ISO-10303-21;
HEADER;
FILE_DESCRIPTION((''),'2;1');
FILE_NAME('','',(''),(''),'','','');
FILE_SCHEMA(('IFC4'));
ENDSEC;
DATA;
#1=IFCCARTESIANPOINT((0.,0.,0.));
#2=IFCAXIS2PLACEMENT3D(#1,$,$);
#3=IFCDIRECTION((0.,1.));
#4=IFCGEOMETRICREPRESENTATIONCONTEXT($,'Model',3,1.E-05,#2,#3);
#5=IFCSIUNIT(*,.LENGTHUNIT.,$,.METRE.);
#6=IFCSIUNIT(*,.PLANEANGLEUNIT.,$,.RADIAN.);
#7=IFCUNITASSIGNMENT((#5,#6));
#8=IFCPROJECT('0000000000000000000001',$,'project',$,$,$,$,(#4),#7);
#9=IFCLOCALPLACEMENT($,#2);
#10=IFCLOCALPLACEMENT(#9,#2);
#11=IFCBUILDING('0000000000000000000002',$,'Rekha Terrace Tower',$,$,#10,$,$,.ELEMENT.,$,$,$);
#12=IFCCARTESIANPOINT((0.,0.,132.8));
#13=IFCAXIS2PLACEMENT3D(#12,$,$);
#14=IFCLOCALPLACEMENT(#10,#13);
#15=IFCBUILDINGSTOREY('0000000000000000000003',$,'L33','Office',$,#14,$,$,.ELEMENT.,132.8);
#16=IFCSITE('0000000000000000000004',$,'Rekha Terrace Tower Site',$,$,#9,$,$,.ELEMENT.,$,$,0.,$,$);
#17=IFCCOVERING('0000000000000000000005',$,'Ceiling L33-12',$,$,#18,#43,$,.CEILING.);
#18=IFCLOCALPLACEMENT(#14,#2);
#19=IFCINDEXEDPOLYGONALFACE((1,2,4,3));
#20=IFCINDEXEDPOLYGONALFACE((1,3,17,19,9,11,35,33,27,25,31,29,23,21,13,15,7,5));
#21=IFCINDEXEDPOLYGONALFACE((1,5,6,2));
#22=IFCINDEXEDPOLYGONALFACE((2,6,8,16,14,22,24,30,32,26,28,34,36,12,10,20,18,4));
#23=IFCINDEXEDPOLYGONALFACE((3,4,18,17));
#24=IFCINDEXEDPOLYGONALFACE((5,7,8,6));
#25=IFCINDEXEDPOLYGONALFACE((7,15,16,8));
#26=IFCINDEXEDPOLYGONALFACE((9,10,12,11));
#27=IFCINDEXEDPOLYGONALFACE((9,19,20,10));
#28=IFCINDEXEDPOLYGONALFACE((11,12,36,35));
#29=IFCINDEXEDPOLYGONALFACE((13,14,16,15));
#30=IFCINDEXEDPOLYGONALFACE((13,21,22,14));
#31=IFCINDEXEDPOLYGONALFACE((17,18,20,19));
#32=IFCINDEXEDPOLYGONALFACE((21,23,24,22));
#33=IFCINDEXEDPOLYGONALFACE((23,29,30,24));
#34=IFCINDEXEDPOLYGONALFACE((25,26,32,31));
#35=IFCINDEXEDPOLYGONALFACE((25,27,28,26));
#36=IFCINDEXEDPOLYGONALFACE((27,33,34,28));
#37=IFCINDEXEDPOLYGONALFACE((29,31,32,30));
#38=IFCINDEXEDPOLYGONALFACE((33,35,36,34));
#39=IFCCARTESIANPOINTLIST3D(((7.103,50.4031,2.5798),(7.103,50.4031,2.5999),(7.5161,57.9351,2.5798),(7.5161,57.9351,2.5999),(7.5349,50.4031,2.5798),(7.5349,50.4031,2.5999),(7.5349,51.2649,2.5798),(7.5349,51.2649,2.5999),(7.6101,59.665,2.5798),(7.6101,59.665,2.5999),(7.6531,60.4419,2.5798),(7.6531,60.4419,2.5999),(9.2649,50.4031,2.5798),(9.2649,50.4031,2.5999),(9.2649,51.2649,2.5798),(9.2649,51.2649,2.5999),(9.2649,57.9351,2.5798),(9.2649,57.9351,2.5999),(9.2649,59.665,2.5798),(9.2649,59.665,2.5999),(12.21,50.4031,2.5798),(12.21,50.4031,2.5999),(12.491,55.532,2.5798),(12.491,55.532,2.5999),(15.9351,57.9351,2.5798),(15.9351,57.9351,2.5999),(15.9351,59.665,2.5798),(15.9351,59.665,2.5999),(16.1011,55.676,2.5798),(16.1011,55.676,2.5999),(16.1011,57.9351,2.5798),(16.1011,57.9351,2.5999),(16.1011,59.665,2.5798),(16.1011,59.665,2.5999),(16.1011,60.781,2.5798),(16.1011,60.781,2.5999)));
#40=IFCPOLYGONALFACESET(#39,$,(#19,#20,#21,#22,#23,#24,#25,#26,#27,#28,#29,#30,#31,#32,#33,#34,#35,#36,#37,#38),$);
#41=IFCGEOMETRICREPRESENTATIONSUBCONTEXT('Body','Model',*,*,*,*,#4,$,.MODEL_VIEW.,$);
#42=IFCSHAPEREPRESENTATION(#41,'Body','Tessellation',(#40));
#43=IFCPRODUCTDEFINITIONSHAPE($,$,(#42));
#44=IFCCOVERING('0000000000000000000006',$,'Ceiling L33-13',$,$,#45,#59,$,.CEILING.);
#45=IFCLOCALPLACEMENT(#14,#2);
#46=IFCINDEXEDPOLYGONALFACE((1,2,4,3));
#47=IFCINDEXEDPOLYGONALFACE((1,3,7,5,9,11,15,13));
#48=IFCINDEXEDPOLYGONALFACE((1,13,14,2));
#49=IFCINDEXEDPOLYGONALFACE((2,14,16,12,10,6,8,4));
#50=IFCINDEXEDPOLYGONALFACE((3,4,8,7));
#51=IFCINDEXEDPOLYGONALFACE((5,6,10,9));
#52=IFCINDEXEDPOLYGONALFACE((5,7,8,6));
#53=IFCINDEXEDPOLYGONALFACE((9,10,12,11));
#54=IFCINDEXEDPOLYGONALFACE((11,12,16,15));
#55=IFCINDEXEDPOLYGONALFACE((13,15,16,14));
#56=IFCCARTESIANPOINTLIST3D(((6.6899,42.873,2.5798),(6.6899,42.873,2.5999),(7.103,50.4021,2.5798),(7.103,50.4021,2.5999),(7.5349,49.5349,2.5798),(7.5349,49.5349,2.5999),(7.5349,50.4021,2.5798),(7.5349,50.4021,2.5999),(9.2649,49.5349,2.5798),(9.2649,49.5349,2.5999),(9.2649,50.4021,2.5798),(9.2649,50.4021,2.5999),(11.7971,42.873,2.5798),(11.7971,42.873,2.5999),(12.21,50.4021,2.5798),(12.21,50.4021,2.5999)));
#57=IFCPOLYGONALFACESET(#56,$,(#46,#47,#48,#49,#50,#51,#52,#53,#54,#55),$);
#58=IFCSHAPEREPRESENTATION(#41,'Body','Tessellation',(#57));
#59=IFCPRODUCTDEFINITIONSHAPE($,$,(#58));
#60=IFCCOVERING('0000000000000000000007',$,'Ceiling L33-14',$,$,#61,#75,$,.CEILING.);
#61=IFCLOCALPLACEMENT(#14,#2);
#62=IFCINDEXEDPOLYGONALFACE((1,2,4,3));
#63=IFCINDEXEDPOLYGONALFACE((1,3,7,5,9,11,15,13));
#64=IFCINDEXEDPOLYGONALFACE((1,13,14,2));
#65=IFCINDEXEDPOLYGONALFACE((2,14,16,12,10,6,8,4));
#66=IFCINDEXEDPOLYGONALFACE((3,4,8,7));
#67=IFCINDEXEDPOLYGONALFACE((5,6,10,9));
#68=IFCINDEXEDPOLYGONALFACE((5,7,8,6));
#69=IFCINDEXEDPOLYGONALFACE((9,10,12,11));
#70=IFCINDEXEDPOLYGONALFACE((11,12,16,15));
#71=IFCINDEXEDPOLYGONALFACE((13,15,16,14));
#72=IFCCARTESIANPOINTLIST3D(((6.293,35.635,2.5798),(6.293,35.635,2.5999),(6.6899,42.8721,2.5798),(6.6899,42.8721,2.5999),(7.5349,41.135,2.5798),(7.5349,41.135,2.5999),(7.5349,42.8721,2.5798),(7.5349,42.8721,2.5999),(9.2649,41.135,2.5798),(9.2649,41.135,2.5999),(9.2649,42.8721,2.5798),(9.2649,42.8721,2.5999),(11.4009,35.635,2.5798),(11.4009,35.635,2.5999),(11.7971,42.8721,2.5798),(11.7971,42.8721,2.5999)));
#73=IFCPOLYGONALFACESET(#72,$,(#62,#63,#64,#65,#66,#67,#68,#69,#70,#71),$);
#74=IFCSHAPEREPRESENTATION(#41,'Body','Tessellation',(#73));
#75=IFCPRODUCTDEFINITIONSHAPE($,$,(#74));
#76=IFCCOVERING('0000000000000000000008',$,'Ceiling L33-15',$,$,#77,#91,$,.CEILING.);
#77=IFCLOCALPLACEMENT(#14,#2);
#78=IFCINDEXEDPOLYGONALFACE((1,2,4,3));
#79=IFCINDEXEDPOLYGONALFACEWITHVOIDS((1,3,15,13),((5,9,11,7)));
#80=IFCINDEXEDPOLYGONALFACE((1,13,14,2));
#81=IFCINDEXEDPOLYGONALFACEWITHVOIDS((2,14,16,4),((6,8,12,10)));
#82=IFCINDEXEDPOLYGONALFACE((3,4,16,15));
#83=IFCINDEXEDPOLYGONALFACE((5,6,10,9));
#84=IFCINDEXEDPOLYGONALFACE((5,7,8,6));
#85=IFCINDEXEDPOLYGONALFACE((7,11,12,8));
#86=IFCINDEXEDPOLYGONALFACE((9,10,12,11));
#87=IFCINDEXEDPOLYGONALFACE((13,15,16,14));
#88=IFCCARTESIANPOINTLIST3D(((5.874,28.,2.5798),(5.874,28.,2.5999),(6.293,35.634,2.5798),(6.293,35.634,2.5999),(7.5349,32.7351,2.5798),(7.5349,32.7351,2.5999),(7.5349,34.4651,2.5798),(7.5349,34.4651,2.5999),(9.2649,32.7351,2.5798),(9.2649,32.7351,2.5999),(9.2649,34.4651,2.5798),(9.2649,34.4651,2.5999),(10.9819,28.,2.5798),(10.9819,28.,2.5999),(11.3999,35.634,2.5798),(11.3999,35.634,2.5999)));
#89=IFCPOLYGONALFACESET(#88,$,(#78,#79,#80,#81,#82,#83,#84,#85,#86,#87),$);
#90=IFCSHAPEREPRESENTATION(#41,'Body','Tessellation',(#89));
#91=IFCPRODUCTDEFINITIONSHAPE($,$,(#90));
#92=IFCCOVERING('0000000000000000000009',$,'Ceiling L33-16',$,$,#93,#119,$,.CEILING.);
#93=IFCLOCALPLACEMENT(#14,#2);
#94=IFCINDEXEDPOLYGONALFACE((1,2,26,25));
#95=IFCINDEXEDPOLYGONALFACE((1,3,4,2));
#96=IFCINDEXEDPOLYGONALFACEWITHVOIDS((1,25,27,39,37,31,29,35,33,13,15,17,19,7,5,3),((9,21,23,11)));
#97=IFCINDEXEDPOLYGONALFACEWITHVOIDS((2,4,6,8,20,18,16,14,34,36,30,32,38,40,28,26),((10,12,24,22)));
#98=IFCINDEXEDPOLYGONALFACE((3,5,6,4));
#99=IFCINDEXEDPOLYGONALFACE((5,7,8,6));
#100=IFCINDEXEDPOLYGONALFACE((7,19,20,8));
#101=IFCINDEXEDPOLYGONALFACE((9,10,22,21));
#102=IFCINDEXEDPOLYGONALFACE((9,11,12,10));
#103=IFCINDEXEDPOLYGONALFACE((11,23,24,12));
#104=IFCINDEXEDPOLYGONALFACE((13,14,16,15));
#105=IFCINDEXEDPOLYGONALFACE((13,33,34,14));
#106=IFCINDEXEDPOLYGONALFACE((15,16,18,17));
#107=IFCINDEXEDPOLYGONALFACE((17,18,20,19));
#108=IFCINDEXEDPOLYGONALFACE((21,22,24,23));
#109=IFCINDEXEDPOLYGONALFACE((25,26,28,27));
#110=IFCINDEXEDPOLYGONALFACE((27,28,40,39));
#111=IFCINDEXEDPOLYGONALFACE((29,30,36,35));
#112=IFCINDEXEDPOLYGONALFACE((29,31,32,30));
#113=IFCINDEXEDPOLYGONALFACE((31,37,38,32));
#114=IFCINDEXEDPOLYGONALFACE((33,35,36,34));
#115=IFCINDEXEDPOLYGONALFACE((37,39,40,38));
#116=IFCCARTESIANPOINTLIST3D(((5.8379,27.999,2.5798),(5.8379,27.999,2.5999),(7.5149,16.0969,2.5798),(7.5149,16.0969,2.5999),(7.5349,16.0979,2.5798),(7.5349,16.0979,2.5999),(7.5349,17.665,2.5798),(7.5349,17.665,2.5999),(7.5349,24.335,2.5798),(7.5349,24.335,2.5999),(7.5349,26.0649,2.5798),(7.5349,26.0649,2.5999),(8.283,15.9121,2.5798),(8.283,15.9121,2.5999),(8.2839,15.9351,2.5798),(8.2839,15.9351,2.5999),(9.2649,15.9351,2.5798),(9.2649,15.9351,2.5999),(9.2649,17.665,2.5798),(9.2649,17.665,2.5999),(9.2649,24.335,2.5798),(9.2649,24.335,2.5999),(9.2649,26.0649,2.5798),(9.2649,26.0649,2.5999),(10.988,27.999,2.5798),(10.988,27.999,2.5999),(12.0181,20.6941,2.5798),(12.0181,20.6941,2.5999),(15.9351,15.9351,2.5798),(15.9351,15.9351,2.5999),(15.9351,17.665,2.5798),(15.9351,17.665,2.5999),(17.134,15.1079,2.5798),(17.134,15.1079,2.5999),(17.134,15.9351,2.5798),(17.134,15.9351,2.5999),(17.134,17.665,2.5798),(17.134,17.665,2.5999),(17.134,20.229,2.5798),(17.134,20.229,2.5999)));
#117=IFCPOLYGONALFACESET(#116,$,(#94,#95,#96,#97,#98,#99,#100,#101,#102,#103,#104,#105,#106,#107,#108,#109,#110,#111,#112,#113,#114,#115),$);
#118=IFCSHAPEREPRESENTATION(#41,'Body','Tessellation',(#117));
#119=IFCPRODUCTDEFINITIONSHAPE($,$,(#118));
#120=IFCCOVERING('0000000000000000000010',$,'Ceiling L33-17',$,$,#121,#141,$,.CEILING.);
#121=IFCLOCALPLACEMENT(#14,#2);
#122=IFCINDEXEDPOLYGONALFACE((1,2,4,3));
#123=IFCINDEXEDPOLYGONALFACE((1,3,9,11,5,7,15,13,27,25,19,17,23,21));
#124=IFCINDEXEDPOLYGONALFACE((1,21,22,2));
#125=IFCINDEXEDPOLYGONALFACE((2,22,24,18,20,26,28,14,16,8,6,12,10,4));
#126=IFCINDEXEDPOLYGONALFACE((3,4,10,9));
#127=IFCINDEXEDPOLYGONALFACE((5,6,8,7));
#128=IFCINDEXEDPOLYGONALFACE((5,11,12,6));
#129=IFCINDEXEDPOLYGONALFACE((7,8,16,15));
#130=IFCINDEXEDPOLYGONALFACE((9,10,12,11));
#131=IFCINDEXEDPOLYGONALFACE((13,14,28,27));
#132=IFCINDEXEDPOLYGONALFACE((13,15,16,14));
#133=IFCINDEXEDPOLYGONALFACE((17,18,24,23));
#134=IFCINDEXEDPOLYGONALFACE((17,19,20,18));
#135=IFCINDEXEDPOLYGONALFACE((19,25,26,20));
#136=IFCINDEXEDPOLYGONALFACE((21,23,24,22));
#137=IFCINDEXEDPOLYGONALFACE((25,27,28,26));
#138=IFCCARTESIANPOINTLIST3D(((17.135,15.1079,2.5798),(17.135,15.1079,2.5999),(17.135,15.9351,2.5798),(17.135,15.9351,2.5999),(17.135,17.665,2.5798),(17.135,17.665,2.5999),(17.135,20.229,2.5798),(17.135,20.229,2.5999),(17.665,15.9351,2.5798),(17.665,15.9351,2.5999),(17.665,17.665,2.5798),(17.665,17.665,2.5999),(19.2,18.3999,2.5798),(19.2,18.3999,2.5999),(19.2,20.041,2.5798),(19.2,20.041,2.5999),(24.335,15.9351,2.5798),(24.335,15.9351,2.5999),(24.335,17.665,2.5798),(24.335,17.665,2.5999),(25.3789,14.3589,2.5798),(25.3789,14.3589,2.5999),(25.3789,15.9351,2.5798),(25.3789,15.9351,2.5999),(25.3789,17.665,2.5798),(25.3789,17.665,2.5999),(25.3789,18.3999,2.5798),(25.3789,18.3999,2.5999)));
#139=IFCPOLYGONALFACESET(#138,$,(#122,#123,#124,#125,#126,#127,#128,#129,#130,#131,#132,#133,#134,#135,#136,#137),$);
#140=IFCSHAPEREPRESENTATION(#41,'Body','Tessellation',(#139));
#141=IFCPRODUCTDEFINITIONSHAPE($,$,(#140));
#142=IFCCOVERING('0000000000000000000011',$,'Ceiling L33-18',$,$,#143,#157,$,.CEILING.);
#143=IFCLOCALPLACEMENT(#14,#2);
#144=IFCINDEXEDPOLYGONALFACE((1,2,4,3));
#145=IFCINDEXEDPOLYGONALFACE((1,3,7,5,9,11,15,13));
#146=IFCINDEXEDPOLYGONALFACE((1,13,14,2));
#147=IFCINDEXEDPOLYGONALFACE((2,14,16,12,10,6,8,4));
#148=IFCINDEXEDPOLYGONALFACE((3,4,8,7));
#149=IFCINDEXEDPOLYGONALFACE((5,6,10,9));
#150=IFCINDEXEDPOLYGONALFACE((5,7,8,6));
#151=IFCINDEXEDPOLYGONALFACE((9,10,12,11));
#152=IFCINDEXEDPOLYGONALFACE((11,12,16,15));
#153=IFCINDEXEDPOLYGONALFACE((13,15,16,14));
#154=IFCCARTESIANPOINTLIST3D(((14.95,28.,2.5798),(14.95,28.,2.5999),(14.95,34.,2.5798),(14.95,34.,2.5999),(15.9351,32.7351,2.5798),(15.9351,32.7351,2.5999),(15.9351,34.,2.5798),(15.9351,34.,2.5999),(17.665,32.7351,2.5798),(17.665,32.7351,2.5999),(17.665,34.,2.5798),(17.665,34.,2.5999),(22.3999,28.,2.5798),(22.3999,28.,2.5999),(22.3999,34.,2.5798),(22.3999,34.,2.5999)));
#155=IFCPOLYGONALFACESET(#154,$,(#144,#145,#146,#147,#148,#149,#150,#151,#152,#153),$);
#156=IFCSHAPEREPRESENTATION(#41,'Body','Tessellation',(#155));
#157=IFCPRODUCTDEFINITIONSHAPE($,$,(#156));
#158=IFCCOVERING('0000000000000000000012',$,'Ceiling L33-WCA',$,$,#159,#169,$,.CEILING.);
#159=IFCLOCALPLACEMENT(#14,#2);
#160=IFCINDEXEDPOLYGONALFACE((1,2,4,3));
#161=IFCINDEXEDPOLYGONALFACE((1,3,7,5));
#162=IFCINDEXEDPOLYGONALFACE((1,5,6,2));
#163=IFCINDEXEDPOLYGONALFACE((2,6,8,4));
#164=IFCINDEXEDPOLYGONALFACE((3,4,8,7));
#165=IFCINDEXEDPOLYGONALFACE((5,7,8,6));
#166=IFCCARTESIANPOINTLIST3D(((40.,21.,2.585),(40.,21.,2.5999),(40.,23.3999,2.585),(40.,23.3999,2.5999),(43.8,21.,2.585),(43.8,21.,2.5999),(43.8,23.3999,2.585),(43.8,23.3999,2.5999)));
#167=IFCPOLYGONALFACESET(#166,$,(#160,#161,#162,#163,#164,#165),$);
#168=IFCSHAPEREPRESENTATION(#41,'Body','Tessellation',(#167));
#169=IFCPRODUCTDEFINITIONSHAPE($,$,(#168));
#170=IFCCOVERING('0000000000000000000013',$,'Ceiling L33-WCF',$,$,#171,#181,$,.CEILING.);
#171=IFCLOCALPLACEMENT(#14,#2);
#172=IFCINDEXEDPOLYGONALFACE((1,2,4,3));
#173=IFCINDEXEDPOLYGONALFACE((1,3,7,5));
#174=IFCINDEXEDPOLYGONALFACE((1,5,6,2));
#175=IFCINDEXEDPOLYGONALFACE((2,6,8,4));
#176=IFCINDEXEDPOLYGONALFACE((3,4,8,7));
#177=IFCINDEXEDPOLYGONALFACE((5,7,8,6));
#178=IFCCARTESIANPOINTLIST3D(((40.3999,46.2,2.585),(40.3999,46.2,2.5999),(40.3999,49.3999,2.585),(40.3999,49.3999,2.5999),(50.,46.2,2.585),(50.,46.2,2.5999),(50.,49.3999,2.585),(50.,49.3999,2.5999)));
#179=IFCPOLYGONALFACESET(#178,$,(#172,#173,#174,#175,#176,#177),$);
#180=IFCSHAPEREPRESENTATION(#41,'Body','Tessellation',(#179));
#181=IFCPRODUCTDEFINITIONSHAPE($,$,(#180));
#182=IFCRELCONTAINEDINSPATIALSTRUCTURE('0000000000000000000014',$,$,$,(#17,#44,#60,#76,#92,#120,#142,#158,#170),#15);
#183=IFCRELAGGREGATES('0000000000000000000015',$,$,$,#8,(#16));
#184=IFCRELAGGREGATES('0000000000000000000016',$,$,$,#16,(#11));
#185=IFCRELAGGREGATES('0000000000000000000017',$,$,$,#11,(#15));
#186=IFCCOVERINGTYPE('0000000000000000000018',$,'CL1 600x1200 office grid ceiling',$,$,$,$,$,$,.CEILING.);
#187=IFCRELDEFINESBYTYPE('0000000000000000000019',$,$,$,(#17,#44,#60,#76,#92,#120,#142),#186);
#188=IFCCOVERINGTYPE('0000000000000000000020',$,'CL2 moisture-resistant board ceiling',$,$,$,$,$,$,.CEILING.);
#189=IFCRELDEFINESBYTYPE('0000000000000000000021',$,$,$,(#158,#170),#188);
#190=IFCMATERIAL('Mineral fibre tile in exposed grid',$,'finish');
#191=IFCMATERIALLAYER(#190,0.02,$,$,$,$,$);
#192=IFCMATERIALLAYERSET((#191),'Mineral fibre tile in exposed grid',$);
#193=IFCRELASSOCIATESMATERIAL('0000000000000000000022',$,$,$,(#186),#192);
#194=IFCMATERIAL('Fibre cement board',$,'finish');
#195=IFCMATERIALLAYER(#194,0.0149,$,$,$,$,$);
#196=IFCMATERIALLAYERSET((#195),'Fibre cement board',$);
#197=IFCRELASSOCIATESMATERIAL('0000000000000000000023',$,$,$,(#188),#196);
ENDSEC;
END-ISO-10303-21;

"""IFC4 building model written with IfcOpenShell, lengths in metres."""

from ifc_helpers import new_model, si_unit, direction, frame, origin, place, context, subcontext, project, spatial, polyline, outline, extrude, material, layer, layer_set, type_object, element, save


model = new_model("IFC4")

# Units and contexts
model_context = context("Model", 3, precision=1e-05, world=origin(), true_north=direction((0.0, 1.0)))
body_context = subcontext(model_context, "Body", "Model", "MODEL_VIEW")
ifc_project = project(units=[si_unit("LENGTHUNIT", "METRE"), si_unit("PLANEANGLEUNIT", "RADIAN")], contexts=[model_context])

# Site, building, storey
site_placement = place(None, origin())
site = spatial("IfcSite", under=ifc_project, at=site_placement, Name="Rekha Terrace Tower Site", CompositionType="ELEMENT", RefElevation=0.0)
building_placement = place(site_placement, origin())
building = spatial("IfcBuilding", under=site, at=building_placement, Name="Rekha Terrace Tower", CompositionType="ELEMENT")
storey_placement = place(building_placement, frame((0.0, 0.0, 132.8)))
storey = spatial("IfcBuildingStorey", under=building, at=storey_placement, Name="L33", Description="Office", CompositionType="ELEMENT", Elevation=132.8)

# Coverings
ifc_material_1 = material(Name="Mineral fibre tile in exposed grid", Category="finish")
ifc_layer_1 = layer(ifc_material_1, 0.02)
ifc_layer_set_1 = layer_set([ifc_layer_1], Name="Mineral fibre tile in exposed grid")
covering_type_1 = type_object("IfcCoveringType", Name="CL1 600x1200 office grid ceiling", PredefinedType="CEILING", material=ifc_layer_set_1)
covering_1_placement = place(storey_placement, frame((0.0, 0.0, 2.5798)))
element("IfcCovering", 1, at=covering_1_placement, inside=storey, type_object=covering_type_1, Name="Ceiling L33-12", PredefinedType="CEILING", context=body_context, shape_type="SweptSolid", body=[
    extrude(outline(polyline([(9.2649, 57.9351), (7.5161, 57.9351), (7.103, 50.4031), (7.5349, 50.4031), (7.5349, 51.2649), (9.2649, 51.2649), (9.2649, 50.4031), (12.21, 50.4031), (12.491, 55.532), (16.1011, 55.676), (16.1011, 57.9351), (15.9351, 57.9351), (15.9351, 59.665), (16.1011, 59.665), (16.1011, 60.781), (7.6531, 60.4419), (7.6101, 59.665), (9.2649, 59.665), (9.2649, 57.9351)])), origin(), (0.0, 0.0, 1.0), 0.02),
])
covering_2_placement = place(storey_placement, frame((0.0, 0.0, 2.5798)))
element("IfcCovering", 2, at=covering_2_placement, inside=storey, type_object=covering_type_1, Name="Ceiling L33-13", PredefinedType="CEILING", context=body_context, shape_type="SweptSolid", body=[
    extrude(outline(polyline([(6.6899, 42.873), (11.7971, 42.873), (12.21, 50.4021), (9.2649, 50.4021), (9.2649, 49.5349), (7.5349, 49.5349), (7.5349, 50.4021), (7.103, 50.4021), (6.6899, 42.873)])), origin(), (0.0, 0.0, 1.0), 0.02),
])
covering_3_placement = place(storey_placement, frame((0.0, 0.0, 2.5798)))
element("IfcCovering", 3, at=covering_3_placement, inside=storey, type_object=covering_type_1, Name="Ceiling L33-14", PredefinedType="CEILING", context=body_context, shape_type="SweptSolid", body=[
    extrude(outline(polyline([(9.2649, 41.135), (7.5349, 41.135), (7.5349, 42.8721), (6.6899, 42.8721), (6.293, 35.635), (11.4009, 35.635), (11.7971, 42.8721), (9.2649, 42.8721), (9.2649, 41.135)])), origin(), (0.0, 0.0, 1.0), 0.02),
])
covering_4_placement = place(storey_placement, frame((0.0, 0.0, 2.5798)))
element("IfcCovering", 4, at=covering_4_placement, inside=storey, type_object=covering_type_1, Name="Ceiling L33-15", PredefinedType="CEILING", context=body_context, shape_type="SweptSolid", body=[
    extrude(outline(polyline([(5.874, 28.0), (10.9819, 28.0), (11.3999, 35.634), (6.293, 35.634), (5.874, 28.0)]), holes=[polyline([(9.2649, 32.7351), (7.5349, 32.7351), (7.5349, 34.4651), (9.2649, 34.4651), (9.2649, 32.7351)])]), origin(), (0.0, 0.0, 1.0), 0.02),
])
covering_5_placement = place(storey_placement, frame((0.0, 0.0, 2.5798)))
element("IfcCovering", 5, at=covering_5_placement, inside=storey, type_object=covering_type_1, Name="Ceiling L33-16", PredefinedType="CEILING", context=body_context, shape_type="SweptSolid", body=[
    extrude(outline(polyline([(7.5149, 16.0969), (7.5349, 16.0979), (7.5349, 17.665), (9.2649, 17.665), (9.2649, 15.9351), (8.2839, 15.9351), (8.283, 15.9121), (17.134, 15.1079), (17.134, 15.9351), (15.9351, 15.9351), (15.9351, 17.665), (17.134, 17.665), (17.134, 20.229), (12.0181, 20.6941), (10.988, 27.999), (5.8379, 27.999), (7.5149, 16.0969)]), holes=[polyline([(9.2649, 24.335), (7.5349, 24.335), (7.5349, 26.0649), (9.2649, 26.0649), (9.2649, 24.335)])]), origin(), (0.0, 0.0, 1.0), 0.02),
])
covering_6_placement = place(storey_placement, frame((0.0, 0.0, 2.5798)))
element("IfcCovering", 6, at=covering_6_placement, inside=storey, type_object=covering_type_1, Name="Ceiling L33-17", PredefinedType="CEILING", context=body_context, shape_type="SweptSolid", body=[
    extrude(outline(polyline([(25.3789, 17.665), (25.3789, 18.3999), (19.2, 18.3999), (19.2, 20.041), (17.135, 20.229), (17.135, 17.665), (17.665, 17.665), (17.665, 15.9351), (17.135, 15.9351), (17.135, 15.1079), (25.3789, 14.3589), (25.3789, 15.9351), (24.335, 15.9351), (24.335, 17.665), (25.3789, 17.665)])), origin(), (0.0, 0.0, 1.0), 0.02),
])
covering_7_placement = place(storey_placement, frame((0.0, 0.0, 2.5798)))
element("IfcCovering", 7, at=covering_7_placement, inside=storey, type_object=covering_type_1, Name="Ceiling L33-18", PredefinedType="CEILING", context=body_context, shape_type="SweptSolid", body=[
    extrude(outline(polyline([(15.9351, 34.0), (14.95, 34.0), (14.95, 28.0), (22.3999, 28.0), (22.3999, 34.0), (17.665, 34.0), (17.665, 32.7351), (15.9351, 32.7351), (15.9351, 34.0)])), origin(), (0.0, 0.0, 1.0), 0.02),
])
ifc_material_2 = material(Name="Fibre cement board", Category="finish")
ifc_layer_2 = layer(ifc_material_2, 0.0149)
ifc_layer_set_2 = layer_set([ifc_layer_2], Name="Fibre cement board")
covering_type_2 = type_object("IfcCoveringType", Name="CL2 moisture-resistant board ceiling", PredefinedType="CEILING", material=ifc_layer_set_2)
covering_8_placement = place(storey_placement, frame((0.0, 0.0, 2.585)))
element("IfcCovering", 8, at=covering_8_placement, inside=storey, type_object=covering_type_2, Name="Ceiling L33-WCA", PredefinedType="CEILING", context=body_context, shape_type="SweptSolid", body=[
    extrude(outline(polyline([(43.8, 23.3999), (40.0, 23.3999), (40.0, 21.0), (43.8, 21.0), (43.8, 23.3999)])), origin(), (0.0, 0.0, 1.0), 0.0149),
])
covering_9_placement = place(storey_placement, frame((0.0, 0.0, 2.585)))
element("IfcCovering", 9, at=covering_9_placement, inside=storey, type_object=covering_type_2, Name="Ceiling L33-WCF", PredefinedType="CEILING", context=body_context, shape_type="SweptSolid", body=[
    extrude(outline(polyline([(50.0, 49.3999), (40.3999, 49.3999), (40.3999, 46.2), (50.0, 46.2), (50.0, 49.3999)])), origin(), (0.0, 0.0, 1.0), 0.0149),
])

save(model, "model.ifc")
